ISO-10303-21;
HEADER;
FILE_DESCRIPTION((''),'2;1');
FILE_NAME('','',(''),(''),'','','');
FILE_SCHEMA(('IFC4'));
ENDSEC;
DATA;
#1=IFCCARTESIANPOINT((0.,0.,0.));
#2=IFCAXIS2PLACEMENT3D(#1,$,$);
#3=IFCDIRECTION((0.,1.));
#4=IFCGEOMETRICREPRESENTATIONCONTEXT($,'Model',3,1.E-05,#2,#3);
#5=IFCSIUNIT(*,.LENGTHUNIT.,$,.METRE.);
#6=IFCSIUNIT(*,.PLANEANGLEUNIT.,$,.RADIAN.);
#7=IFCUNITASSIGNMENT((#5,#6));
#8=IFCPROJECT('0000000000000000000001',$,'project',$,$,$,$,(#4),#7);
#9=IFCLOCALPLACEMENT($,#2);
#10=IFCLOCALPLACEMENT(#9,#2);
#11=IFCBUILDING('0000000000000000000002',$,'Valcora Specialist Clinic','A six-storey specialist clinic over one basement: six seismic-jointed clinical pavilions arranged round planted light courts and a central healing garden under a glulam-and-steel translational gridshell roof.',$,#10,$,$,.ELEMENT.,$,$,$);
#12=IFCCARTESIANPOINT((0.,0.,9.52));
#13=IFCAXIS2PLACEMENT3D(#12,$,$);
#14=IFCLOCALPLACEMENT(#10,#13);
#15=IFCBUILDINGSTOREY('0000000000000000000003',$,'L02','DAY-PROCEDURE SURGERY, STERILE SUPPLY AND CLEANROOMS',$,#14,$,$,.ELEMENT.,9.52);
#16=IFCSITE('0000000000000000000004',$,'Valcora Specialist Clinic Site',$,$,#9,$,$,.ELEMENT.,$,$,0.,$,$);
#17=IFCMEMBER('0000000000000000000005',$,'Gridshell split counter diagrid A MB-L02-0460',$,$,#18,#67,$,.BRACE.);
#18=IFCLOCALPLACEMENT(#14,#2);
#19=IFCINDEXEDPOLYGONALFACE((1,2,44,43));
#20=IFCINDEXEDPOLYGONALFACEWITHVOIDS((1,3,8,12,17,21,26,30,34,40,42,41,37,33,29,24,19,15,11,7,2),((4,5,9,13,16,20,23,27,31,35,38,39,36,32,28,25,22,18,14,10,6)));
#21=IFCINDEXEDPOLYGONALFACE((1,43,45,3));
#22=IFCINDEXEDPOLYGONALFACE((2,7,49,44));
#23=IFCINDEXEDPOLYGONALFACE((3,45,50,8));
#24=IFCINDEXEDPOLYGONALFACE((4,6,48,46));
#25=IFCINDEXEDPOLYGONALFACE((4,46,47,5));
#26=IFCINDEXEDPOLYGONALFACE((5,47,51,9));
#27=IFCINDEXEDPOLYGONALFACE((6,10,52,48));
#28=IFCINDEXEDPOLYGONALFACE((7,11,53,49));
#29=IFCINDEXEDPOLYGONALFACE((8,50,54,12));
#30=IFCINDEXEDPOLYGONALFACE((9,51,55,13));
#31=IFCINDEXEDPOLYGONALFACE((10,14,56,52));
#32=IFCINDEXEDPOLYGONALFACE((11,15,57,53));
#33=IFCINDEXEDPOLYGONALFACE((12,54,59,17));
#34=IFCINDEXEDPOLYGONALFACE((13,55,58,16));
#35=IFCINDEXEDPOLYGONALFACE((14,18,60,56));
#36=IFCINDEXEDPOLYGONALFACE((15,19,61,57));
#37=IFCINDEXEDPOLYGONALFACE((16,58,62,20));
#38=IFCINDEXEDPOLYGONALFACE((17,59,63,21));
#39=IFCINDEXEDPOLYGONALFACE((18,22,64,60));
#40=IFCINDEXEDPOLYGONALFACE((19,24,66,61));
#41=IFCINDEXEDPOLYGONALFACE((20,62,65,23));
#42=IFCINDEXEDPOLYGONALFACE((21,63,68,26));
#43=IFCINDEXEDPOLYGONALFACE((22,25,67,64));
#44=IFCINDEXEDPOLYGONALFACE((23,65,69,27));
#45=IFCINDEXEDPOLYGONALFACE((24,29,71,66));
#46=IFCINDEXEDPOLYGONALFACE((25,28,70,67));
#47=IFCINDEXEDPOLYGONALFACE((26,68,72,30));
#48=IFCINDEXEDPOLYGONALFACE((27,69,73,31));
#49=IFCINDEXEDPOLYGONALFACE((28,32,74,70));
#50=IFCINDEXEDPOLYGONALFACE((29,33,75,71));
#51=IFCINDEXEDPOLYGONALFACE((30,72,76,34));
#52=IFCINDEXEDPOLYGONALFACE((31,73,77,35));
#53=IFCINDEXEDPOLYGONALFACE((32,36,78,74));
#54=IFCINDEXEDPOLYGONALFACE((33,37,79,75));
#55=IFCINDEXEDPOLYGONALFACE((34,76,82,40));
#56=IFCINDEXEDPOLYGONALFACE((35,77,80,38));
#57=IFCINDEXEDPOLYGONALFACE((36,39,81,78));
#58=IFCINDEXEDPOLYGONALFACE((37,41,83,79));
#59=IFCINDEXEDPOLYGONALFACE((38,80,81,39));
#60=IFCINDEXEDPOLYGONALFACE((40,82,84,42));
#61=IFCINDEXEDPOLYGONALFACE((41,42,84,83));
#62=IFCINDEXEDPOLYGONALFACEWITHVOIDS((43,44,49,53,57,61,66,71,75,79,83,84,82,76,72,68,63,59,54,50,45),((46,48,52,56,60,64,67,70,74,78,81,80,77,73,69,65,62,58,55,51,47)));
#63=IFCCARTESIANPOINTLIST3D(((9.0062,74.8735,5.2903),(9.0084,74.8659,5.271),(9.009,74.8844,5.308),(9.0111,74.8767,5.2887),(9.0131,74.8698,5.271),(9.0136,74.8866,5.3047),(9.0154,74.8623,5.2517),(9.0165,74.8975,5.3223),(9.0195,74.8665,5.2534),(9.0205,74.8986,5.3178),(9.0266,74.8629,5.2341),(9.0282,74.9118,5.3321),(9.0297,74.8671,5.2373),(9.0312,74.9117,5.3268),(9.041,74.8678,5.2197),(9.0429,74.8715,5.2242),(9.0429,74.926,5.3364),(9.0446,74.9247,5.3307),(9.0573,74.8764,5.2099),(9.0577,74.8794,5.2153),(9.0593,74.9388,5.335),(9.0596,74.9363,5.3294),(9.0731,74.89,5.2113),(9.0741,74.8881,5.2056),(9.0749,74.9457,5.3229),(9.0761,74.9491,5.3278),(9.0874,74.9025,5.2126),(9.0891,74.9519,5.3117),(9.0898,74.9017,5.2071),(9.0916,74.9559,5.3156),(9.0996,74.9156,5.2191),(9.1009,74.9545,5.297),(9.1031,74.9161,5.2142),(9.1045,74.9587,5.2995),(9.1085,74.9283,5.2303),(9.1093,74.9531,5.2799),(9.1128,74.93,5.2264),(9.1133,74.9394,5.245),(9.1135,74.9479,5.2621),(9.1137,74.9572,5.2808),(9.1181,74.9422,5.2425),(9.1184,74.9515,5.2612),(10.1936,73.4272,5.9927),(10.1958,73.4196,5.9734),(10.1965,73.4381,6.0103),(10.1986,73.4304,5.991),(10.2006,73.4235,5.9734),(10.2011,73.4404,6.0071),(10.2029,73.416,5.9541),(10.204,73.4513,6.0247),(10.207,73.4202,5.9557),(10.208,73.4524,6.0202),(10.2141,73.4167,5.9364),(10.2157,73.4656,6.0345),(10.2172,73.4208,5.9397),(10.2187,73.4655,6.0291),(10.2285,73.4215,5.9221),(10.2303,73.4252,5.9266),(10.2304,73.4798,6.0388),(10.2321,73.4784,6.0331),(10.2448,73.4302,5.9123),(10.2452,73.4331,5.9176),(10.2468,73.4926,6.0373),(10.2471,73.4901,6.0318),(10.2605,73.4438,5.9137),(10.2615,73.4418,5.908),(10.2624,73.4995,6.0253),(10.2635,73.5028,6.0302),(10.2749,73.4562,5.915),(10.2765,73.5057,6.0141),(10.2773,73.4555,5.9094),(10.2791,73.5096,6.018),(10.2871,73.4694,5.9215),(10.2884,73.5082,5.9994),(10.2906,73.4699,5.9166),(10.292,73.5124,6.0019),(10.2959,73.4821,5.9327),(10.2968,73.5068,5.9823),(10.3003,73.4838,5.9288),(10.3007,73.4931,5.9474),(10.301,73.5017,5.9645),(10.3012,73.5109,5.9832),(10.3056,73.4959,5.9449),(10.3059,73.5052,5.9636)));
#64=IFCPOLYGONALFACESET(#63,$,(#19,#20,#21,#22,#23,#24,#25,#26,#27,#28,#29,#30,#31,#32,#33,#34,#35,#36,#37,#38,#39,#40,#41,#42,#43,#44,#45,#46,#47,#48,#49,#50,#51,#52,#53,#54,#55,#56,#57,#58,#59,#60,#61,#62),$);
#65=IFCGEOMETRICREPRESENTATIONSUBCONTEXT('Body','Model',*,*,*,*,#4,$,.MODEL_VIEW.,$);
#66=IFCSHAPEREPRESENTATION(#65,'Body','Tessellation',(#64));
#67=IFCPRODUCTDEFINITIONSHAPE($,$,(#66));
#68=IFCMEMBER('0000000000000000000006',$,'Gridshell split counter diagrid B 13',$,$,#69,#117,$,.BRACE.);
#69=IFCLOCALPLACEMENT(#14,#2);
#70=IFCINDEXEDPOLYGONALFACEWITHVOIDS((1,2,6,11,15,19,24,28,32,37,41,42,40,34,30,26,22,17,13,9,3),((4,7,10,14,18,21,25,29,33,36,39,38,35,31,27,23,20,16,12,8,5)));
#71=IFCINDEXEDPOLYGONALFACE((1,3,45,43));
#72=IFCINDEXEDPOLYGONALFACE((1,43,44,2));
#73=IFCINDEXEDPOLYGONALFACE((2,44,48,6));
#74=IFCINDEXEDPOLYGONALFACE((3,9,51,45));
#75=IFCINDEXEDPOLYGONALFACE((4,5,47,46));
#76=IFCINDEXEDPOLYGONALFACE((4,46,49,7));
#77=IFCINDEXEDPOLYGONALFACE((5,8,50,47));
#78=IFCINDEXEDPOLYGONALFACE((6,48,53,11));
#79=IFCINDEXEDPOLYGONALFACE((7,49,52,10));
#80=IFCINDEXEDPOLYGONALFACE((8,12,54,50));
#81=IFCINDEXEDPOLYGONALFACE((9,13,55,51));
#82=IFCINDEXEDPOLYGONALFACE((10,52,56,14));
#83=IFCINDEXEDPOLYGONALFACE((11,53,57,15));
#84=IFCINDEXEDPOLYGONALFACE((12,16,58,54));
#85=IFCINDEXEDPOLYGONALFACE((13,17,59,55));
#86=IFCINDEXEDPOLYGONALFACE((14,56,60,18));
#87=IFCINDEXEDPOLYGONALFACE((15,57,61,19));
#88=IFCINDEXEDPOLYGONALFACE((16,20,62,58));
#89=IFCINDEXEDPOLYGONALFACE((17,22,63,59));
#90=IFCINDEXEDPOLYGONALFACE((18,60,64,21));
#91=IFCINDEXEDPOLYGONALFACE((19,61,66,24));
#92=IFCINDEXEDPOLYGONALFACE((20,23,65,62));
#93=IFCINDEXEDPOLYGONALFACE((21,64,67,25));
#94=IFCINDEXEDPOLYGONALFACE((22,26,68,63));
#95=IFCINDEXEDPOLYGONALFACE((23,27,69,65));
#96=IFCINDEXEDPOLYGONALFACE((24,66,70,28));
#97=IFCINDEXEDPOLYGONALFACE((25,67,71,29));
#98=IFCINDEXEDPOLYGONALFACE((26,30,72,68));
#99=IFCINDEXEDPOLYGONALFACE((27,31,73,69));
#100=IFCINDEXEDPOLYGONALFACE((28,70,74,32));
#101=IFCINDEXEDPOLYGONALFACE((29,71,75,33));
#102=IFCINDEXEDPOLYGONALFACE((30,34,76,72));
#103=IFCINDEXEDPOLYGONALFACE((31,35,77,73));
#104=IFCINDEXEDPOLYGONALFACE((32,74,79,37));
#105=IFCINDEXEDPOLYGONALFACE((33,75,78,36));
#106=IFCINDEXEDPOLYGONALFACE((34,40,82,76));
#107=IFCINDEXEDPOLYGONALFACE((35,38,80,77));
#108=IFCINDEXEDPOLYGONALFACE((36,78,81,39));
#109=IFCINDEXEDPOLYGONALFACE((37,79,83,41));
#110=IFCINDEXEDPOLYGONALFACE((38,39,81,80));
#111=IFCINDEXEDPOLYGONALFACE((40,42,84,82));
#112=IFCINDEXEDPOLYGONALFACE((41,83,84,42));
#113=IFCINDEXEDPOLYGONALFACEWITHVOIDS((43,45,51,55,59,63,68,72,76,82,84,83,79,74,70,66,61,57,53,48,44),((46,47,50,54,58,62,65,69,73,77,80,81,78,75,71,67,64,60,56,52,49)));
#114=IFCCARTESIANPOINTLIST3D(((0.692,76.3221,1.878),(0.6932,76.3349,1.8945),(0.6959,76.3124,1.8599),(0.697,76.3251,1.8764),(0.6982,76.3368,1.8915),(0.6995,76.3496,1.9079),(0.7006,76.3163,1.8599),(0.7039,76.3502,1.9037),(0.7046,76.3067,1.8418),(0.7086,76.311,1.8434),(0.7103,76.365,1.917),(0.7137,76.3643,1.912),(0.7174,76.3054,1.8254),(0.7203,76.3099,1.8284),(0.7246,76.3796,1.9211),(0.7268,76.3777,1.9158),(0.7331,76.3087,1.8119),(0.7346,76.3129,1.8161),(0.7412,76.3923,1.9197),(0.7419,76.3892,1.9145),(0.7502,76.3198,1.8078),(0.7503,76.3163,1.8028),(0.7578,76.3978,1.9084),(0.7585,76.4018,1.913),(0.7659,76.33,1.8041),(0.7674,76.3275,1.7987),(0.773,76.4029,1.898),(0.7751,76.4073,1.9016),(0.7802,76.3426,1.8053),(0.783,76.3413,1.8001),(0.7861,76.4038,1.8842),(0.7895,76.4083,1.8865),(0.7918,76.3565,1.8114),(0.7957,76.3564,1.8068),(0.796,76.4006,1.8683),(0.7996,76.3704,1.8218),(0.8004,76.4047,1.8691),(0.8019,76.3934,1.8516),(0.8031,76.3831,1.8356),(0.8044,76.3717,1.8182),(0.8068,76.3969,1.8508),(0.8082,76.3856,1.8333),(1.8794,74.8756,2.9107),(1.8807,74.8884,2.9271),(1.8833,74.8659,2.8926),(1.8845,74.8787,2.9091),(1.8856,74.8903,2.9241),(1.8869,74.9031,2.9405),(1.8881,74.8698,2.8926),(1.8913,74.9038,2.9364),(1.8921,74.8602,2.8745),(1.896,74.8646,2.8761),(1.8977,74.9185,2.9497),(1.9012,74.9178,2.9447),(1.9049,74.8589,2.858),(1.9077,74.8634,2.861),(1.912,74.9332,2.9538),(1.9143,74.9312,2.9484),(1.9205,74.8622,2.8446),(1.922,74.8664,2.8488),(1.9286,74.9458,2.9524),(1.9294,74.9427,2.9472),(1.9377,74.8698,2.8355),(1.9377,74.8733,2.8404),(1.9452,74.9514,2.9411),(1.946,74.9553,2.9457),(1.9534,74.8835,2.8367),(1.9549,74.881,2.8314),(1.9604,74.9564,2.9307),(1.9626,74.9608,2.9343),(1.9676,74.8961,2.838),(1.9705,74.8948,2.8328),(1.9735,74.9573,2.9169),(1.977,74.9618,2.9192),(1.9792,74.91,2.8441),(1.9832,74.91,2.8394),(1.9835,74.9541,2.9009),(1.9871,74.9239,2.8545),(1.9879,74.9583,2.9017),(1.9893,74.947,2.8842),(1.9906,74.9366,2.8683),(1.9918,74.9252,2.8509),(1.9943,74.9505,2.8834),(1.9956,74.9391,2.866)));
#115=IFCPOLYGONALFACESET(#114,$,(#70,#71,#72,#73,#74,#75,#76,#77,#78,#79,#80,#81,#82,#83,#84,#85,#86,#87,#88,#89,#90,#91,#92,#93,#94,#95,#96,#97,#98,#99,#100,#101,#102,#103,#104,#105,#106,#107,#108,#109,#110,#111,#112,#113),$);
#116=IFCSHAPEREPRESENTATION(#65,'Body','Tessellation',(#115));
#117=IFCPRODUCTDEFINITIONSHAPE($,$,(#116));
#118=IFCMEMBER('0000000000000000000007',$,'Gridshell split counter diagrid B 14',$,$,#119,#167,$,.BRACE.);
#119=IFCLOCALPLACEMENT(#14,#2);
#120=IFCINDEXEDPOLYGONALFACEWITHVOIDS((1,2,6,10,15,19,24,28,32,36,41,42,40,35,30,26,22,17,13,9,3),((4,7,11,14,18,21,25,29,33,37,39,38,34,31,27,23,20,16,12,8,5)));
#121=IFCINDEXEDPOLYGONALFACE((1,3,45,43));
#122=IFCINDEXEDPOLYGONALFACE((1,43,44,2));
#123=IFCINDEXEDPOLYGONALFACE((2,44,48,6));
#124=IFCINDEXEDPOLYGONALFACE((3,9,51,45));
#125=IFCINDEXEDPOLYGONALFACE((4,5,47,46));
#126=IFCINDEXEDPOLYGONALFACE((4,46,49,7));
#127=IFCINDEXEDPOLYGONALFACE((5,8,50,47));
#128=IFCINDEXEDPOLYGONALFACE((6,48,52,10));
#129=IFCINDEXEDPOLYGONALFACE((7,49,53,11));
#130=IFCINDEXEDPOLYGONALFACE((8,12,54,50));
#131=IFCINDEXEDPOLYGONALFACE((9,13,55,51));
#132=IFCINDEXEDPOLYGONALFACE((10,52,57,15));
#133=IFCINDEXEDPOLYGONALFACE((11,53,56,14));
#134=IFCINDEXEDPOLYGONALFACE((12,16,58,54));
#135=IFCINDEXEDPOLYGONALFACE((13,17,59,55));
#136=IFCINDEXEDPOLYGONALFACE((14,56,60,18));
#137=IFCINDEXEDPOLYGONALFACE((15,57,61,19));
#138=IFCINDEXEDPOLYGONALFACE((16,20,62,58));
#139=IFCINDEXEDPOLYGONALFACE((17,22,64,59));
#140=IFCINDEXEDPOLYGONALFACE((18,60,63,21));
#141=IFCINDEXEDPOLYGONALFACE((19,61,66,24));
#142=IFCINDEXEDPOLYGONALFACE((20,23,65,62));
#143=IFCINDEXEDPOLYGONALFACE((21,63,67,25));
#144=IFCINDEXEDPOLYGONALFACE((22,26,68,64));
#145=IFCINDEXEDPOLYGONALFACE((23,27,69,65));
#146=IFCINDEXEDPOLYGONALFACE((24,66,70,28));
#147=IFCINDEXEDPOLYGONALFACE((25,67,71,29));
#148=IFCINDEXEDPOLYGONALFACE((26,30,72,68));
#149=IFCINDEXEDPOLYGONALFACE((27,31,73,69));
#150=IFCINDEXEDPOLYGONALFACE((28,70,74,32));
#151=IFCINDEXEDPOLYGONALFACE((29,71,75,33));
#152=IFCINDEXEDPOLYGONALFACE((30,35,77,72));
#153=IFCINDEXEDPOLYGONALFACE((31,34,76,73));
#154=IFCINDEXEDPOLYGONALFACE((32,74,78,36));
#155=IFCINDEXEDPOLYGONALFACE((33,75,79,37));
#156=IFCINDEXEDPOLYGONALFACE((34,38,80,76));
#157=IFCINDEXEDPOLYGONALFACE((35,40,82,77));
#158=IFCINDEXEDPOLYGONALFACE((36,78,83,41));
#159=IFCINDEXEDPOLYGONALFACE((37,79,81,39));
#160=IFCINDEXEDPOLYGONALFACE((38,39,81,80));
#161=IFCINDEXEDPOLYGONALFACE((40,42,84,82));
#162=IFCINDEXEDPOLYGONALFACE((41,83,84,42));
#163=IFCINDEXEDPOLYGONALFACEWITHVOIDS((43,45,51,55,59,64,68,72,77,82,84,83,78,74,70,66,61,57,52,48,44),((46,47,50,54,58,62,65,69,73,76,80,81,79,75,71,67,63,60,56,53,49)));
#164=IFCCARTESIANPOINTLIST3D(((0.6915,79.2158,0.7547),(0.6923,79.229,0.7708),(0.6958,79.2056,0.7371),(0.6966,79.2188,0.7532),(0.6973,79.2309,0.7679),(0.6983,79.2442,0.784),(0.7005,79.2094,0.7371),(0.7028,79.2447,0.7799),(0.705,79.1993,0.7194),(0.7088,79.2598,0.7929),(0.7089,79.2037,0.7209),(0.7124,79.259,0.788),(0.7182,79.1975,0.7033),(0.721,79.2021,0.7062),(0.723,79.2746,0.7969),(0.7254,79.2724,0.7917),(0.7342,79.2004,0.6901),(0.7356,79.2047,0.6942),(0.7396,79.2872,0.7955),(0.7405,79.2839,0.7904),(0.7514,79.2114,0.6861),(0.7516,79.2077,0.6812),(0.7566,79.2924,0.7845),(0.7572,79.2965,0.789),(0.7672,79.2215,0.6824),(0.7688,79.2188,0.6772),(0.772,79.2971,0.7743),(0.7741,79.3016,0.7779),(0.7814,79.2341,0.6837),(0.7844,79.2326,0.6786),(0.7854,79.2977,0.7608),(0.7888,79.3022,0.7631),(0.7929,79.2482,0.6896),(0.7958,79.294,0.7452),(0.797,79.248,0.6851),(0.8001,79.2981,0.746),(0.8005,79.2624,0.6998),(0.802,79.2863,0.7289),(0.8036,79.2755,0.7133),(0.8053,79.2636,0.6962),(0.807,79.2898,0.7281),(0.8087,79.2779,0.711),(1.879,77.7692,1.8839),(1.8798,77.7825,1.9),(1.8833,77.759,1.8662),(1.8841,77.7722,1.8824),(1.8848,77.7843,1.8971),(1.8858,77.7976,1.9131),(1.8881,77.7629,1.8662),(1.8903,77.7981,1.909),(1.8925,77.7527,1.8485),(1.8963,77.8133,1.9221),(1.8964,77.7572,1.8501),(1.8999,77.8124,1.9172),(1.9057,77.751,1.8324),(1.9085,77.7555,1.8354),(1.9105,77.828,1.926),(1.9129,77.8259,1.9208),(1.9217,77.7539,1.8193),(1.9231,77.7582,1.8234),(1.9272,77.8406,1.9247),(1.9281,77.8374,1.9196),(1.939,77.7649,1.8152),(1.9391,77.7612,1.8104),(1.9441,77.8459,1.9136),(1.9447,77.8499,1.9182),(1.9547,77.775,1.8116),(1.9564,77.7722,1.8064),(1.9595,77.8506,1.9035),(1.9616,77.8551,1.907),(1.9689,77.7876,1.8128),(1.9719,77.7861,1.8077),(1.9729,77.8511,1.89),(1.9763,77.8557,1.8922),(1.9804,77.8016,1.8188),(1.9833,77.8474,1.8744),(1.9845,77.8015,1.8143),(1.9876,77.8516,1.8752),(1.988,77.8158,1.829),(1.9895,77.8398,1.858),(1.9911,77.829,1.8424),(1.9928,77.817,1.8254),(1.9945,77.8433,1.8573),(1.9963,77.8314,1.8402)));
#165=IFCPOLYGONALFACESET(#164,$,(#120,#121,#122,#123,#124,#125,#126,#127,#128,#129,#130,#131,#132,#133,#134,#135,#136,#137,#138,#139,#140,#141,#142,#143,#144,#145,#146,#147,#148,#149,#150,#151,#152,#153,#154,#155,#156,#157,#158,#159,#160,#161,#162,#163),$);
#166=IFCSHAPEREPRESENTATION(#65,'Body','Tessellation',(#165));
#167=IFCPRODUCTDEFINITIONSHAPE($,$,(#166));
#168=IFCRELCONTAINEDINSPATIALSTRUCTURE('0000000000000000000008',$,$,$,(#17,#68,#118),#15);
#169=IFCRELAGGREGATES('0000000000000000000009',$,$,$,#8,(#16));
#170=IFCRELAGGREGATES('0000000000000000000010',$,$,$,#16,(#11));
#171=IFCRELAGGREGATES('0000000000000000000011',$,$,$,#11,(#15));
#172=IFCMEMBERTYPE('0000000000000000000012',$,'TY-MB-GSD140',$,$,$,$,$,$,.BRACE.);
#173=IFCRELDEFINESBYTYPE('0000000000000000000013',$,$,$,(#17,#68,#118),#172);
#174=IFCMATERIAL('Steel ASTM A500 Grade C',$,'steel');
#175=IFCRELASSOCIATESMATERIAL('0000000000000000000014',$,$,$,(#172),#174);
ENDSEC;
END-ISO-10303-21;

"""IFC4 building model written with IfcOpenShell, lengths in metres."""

from ifc_helpers import new_model, si_unit, direction, frame, origin, origin_2d, place, context, subcontext, project, spatial, hollow_circle, extrude, material, material_profile, profile_set, type_object, element, save


model = new_model("IFC4")

# Units and contexts
model_context = context("Model", 3, precision=1e-05, world=origin(), true_north=direction((0.0, 1.0)))
body_context = subcontext(model_context, "Body", "Model", "MODEL_VIEW")
ifc_project = project(units=[si_unit("LENGTHUNIT", "METRE"), si_unit("PLANEANGLEUNIT", "RADIAN")], contexts=[model_context])

# Site, building, storey
site_placement = place(None, origin())
site = spatial("IfcSite", under=ifc_project, at=site_placement, Name="Valcora Specialist Clinic Site", CompositionType="ELEMENT", RefElevation=0.0)
building_placement = place(site_placement, origin())
building = spatial("IfcBuilding", under=site, at=building_placement, Name="Valcora Specialist Clinic", Description="A six-storey specialist clinic over one basement: six seismic-jointed clinical pavilions arranged round planted light courts and a central healing garden under a glulam-and-steel translational gridshell roof.", CompositionType="ELEMENT")
storey_placement = place(building_placement, frame((0.0, 0.0, 9.52)))
storey = spatial("IfcBuildingStorey", under=building, at=storey_placement, Name="L02", Description="DAY-PROCEDURE SURGERY, STERILE SUPPLY AND CLEANROOMS", CompositionType="ELEMENT", Elevation=9.52)

# Members
ifc_material_1 = material(Name="Steel ASTM A500 Grade C", Category="steel")
ifc_material_profile_1 = material_profile(ifc_material_1, hollow_circle(Radius=0.0701, WallThickness=0.0061, at=origin_2d()), Name="ST-CHS-140X6")
ifc_profile_set_1 = profile_set([ifc_material_profile_1], Name="Steel ASTM A500 Grade C")
member_type_1 = type_object("IfcMemberType", Name="TY-MB-GSD140", PredefinedType="BRACE", material=ifc_profile_set_1)
member_1_placement = place(storey_placement, frame((10.25, 73.4641, 5.9734), z_axis=(-0.594102, 0.723573, -0.351404), x_axis=(-0.772863, -0.634572, 0.0)))
element("IfcMember", 1, at=member_1_placement, inside=storey, type_object=member_type_1, Name="Gridshell split counter diagrid A MB-L02-0460", PredefinedType="BRACE", context=body_context, shape_type="SweptSolid", body=[
    extrude(hollow_circle(Radius=0.0701, WallThickness=0.0061, at=origin_2d()), origin(), (0.0, 0.0, 1.0), 1.9988),
])
member_2_placement = place(storey_placement, frame((1.9375, 74.9104, 2.8926), z_axis=(-0.555543, 0.676725, -0.48313), x_axis=(-0.772916, -0.634508, 0.0)))
element("IfcMember", 2, at=member_2_placement, inside=storey, type_object=member_type_1, Name="Gridshell split counter diagrid B 13", PredefinedType="BRACE", context=body_context, shape_type="SweptSolid", body=[
    extrude(hollow_circle(Radius=0.0701, WallThickness=0.0061, at=origin_2d()), origin(), (0.0, 0.0, 1.0), 2.1375),
])
member_3_placement = place(storey_placement, frame((1.9375, 77.8035, 1.8662), z_axis=(-0.543287, 0.661795, -0.516591), x_axis=(-0.772916, -0.634508, 0.0)))
element("IfcMember", 3, at=member_3_placement, inside=storey, type_object=member_type_1, Name="Gridshell split counter diagrid B 14", PredefinedType="BRACE", context=body_context, shape_type="SweptSolid", body=[
    extrude(hollow_circle(Radius=0.0701, WallThickness=0.0061, at=origin_2d()), origin(), (0.0, 0.0, 1.0), 2.1858),
])

save(model, "model.ifc")
